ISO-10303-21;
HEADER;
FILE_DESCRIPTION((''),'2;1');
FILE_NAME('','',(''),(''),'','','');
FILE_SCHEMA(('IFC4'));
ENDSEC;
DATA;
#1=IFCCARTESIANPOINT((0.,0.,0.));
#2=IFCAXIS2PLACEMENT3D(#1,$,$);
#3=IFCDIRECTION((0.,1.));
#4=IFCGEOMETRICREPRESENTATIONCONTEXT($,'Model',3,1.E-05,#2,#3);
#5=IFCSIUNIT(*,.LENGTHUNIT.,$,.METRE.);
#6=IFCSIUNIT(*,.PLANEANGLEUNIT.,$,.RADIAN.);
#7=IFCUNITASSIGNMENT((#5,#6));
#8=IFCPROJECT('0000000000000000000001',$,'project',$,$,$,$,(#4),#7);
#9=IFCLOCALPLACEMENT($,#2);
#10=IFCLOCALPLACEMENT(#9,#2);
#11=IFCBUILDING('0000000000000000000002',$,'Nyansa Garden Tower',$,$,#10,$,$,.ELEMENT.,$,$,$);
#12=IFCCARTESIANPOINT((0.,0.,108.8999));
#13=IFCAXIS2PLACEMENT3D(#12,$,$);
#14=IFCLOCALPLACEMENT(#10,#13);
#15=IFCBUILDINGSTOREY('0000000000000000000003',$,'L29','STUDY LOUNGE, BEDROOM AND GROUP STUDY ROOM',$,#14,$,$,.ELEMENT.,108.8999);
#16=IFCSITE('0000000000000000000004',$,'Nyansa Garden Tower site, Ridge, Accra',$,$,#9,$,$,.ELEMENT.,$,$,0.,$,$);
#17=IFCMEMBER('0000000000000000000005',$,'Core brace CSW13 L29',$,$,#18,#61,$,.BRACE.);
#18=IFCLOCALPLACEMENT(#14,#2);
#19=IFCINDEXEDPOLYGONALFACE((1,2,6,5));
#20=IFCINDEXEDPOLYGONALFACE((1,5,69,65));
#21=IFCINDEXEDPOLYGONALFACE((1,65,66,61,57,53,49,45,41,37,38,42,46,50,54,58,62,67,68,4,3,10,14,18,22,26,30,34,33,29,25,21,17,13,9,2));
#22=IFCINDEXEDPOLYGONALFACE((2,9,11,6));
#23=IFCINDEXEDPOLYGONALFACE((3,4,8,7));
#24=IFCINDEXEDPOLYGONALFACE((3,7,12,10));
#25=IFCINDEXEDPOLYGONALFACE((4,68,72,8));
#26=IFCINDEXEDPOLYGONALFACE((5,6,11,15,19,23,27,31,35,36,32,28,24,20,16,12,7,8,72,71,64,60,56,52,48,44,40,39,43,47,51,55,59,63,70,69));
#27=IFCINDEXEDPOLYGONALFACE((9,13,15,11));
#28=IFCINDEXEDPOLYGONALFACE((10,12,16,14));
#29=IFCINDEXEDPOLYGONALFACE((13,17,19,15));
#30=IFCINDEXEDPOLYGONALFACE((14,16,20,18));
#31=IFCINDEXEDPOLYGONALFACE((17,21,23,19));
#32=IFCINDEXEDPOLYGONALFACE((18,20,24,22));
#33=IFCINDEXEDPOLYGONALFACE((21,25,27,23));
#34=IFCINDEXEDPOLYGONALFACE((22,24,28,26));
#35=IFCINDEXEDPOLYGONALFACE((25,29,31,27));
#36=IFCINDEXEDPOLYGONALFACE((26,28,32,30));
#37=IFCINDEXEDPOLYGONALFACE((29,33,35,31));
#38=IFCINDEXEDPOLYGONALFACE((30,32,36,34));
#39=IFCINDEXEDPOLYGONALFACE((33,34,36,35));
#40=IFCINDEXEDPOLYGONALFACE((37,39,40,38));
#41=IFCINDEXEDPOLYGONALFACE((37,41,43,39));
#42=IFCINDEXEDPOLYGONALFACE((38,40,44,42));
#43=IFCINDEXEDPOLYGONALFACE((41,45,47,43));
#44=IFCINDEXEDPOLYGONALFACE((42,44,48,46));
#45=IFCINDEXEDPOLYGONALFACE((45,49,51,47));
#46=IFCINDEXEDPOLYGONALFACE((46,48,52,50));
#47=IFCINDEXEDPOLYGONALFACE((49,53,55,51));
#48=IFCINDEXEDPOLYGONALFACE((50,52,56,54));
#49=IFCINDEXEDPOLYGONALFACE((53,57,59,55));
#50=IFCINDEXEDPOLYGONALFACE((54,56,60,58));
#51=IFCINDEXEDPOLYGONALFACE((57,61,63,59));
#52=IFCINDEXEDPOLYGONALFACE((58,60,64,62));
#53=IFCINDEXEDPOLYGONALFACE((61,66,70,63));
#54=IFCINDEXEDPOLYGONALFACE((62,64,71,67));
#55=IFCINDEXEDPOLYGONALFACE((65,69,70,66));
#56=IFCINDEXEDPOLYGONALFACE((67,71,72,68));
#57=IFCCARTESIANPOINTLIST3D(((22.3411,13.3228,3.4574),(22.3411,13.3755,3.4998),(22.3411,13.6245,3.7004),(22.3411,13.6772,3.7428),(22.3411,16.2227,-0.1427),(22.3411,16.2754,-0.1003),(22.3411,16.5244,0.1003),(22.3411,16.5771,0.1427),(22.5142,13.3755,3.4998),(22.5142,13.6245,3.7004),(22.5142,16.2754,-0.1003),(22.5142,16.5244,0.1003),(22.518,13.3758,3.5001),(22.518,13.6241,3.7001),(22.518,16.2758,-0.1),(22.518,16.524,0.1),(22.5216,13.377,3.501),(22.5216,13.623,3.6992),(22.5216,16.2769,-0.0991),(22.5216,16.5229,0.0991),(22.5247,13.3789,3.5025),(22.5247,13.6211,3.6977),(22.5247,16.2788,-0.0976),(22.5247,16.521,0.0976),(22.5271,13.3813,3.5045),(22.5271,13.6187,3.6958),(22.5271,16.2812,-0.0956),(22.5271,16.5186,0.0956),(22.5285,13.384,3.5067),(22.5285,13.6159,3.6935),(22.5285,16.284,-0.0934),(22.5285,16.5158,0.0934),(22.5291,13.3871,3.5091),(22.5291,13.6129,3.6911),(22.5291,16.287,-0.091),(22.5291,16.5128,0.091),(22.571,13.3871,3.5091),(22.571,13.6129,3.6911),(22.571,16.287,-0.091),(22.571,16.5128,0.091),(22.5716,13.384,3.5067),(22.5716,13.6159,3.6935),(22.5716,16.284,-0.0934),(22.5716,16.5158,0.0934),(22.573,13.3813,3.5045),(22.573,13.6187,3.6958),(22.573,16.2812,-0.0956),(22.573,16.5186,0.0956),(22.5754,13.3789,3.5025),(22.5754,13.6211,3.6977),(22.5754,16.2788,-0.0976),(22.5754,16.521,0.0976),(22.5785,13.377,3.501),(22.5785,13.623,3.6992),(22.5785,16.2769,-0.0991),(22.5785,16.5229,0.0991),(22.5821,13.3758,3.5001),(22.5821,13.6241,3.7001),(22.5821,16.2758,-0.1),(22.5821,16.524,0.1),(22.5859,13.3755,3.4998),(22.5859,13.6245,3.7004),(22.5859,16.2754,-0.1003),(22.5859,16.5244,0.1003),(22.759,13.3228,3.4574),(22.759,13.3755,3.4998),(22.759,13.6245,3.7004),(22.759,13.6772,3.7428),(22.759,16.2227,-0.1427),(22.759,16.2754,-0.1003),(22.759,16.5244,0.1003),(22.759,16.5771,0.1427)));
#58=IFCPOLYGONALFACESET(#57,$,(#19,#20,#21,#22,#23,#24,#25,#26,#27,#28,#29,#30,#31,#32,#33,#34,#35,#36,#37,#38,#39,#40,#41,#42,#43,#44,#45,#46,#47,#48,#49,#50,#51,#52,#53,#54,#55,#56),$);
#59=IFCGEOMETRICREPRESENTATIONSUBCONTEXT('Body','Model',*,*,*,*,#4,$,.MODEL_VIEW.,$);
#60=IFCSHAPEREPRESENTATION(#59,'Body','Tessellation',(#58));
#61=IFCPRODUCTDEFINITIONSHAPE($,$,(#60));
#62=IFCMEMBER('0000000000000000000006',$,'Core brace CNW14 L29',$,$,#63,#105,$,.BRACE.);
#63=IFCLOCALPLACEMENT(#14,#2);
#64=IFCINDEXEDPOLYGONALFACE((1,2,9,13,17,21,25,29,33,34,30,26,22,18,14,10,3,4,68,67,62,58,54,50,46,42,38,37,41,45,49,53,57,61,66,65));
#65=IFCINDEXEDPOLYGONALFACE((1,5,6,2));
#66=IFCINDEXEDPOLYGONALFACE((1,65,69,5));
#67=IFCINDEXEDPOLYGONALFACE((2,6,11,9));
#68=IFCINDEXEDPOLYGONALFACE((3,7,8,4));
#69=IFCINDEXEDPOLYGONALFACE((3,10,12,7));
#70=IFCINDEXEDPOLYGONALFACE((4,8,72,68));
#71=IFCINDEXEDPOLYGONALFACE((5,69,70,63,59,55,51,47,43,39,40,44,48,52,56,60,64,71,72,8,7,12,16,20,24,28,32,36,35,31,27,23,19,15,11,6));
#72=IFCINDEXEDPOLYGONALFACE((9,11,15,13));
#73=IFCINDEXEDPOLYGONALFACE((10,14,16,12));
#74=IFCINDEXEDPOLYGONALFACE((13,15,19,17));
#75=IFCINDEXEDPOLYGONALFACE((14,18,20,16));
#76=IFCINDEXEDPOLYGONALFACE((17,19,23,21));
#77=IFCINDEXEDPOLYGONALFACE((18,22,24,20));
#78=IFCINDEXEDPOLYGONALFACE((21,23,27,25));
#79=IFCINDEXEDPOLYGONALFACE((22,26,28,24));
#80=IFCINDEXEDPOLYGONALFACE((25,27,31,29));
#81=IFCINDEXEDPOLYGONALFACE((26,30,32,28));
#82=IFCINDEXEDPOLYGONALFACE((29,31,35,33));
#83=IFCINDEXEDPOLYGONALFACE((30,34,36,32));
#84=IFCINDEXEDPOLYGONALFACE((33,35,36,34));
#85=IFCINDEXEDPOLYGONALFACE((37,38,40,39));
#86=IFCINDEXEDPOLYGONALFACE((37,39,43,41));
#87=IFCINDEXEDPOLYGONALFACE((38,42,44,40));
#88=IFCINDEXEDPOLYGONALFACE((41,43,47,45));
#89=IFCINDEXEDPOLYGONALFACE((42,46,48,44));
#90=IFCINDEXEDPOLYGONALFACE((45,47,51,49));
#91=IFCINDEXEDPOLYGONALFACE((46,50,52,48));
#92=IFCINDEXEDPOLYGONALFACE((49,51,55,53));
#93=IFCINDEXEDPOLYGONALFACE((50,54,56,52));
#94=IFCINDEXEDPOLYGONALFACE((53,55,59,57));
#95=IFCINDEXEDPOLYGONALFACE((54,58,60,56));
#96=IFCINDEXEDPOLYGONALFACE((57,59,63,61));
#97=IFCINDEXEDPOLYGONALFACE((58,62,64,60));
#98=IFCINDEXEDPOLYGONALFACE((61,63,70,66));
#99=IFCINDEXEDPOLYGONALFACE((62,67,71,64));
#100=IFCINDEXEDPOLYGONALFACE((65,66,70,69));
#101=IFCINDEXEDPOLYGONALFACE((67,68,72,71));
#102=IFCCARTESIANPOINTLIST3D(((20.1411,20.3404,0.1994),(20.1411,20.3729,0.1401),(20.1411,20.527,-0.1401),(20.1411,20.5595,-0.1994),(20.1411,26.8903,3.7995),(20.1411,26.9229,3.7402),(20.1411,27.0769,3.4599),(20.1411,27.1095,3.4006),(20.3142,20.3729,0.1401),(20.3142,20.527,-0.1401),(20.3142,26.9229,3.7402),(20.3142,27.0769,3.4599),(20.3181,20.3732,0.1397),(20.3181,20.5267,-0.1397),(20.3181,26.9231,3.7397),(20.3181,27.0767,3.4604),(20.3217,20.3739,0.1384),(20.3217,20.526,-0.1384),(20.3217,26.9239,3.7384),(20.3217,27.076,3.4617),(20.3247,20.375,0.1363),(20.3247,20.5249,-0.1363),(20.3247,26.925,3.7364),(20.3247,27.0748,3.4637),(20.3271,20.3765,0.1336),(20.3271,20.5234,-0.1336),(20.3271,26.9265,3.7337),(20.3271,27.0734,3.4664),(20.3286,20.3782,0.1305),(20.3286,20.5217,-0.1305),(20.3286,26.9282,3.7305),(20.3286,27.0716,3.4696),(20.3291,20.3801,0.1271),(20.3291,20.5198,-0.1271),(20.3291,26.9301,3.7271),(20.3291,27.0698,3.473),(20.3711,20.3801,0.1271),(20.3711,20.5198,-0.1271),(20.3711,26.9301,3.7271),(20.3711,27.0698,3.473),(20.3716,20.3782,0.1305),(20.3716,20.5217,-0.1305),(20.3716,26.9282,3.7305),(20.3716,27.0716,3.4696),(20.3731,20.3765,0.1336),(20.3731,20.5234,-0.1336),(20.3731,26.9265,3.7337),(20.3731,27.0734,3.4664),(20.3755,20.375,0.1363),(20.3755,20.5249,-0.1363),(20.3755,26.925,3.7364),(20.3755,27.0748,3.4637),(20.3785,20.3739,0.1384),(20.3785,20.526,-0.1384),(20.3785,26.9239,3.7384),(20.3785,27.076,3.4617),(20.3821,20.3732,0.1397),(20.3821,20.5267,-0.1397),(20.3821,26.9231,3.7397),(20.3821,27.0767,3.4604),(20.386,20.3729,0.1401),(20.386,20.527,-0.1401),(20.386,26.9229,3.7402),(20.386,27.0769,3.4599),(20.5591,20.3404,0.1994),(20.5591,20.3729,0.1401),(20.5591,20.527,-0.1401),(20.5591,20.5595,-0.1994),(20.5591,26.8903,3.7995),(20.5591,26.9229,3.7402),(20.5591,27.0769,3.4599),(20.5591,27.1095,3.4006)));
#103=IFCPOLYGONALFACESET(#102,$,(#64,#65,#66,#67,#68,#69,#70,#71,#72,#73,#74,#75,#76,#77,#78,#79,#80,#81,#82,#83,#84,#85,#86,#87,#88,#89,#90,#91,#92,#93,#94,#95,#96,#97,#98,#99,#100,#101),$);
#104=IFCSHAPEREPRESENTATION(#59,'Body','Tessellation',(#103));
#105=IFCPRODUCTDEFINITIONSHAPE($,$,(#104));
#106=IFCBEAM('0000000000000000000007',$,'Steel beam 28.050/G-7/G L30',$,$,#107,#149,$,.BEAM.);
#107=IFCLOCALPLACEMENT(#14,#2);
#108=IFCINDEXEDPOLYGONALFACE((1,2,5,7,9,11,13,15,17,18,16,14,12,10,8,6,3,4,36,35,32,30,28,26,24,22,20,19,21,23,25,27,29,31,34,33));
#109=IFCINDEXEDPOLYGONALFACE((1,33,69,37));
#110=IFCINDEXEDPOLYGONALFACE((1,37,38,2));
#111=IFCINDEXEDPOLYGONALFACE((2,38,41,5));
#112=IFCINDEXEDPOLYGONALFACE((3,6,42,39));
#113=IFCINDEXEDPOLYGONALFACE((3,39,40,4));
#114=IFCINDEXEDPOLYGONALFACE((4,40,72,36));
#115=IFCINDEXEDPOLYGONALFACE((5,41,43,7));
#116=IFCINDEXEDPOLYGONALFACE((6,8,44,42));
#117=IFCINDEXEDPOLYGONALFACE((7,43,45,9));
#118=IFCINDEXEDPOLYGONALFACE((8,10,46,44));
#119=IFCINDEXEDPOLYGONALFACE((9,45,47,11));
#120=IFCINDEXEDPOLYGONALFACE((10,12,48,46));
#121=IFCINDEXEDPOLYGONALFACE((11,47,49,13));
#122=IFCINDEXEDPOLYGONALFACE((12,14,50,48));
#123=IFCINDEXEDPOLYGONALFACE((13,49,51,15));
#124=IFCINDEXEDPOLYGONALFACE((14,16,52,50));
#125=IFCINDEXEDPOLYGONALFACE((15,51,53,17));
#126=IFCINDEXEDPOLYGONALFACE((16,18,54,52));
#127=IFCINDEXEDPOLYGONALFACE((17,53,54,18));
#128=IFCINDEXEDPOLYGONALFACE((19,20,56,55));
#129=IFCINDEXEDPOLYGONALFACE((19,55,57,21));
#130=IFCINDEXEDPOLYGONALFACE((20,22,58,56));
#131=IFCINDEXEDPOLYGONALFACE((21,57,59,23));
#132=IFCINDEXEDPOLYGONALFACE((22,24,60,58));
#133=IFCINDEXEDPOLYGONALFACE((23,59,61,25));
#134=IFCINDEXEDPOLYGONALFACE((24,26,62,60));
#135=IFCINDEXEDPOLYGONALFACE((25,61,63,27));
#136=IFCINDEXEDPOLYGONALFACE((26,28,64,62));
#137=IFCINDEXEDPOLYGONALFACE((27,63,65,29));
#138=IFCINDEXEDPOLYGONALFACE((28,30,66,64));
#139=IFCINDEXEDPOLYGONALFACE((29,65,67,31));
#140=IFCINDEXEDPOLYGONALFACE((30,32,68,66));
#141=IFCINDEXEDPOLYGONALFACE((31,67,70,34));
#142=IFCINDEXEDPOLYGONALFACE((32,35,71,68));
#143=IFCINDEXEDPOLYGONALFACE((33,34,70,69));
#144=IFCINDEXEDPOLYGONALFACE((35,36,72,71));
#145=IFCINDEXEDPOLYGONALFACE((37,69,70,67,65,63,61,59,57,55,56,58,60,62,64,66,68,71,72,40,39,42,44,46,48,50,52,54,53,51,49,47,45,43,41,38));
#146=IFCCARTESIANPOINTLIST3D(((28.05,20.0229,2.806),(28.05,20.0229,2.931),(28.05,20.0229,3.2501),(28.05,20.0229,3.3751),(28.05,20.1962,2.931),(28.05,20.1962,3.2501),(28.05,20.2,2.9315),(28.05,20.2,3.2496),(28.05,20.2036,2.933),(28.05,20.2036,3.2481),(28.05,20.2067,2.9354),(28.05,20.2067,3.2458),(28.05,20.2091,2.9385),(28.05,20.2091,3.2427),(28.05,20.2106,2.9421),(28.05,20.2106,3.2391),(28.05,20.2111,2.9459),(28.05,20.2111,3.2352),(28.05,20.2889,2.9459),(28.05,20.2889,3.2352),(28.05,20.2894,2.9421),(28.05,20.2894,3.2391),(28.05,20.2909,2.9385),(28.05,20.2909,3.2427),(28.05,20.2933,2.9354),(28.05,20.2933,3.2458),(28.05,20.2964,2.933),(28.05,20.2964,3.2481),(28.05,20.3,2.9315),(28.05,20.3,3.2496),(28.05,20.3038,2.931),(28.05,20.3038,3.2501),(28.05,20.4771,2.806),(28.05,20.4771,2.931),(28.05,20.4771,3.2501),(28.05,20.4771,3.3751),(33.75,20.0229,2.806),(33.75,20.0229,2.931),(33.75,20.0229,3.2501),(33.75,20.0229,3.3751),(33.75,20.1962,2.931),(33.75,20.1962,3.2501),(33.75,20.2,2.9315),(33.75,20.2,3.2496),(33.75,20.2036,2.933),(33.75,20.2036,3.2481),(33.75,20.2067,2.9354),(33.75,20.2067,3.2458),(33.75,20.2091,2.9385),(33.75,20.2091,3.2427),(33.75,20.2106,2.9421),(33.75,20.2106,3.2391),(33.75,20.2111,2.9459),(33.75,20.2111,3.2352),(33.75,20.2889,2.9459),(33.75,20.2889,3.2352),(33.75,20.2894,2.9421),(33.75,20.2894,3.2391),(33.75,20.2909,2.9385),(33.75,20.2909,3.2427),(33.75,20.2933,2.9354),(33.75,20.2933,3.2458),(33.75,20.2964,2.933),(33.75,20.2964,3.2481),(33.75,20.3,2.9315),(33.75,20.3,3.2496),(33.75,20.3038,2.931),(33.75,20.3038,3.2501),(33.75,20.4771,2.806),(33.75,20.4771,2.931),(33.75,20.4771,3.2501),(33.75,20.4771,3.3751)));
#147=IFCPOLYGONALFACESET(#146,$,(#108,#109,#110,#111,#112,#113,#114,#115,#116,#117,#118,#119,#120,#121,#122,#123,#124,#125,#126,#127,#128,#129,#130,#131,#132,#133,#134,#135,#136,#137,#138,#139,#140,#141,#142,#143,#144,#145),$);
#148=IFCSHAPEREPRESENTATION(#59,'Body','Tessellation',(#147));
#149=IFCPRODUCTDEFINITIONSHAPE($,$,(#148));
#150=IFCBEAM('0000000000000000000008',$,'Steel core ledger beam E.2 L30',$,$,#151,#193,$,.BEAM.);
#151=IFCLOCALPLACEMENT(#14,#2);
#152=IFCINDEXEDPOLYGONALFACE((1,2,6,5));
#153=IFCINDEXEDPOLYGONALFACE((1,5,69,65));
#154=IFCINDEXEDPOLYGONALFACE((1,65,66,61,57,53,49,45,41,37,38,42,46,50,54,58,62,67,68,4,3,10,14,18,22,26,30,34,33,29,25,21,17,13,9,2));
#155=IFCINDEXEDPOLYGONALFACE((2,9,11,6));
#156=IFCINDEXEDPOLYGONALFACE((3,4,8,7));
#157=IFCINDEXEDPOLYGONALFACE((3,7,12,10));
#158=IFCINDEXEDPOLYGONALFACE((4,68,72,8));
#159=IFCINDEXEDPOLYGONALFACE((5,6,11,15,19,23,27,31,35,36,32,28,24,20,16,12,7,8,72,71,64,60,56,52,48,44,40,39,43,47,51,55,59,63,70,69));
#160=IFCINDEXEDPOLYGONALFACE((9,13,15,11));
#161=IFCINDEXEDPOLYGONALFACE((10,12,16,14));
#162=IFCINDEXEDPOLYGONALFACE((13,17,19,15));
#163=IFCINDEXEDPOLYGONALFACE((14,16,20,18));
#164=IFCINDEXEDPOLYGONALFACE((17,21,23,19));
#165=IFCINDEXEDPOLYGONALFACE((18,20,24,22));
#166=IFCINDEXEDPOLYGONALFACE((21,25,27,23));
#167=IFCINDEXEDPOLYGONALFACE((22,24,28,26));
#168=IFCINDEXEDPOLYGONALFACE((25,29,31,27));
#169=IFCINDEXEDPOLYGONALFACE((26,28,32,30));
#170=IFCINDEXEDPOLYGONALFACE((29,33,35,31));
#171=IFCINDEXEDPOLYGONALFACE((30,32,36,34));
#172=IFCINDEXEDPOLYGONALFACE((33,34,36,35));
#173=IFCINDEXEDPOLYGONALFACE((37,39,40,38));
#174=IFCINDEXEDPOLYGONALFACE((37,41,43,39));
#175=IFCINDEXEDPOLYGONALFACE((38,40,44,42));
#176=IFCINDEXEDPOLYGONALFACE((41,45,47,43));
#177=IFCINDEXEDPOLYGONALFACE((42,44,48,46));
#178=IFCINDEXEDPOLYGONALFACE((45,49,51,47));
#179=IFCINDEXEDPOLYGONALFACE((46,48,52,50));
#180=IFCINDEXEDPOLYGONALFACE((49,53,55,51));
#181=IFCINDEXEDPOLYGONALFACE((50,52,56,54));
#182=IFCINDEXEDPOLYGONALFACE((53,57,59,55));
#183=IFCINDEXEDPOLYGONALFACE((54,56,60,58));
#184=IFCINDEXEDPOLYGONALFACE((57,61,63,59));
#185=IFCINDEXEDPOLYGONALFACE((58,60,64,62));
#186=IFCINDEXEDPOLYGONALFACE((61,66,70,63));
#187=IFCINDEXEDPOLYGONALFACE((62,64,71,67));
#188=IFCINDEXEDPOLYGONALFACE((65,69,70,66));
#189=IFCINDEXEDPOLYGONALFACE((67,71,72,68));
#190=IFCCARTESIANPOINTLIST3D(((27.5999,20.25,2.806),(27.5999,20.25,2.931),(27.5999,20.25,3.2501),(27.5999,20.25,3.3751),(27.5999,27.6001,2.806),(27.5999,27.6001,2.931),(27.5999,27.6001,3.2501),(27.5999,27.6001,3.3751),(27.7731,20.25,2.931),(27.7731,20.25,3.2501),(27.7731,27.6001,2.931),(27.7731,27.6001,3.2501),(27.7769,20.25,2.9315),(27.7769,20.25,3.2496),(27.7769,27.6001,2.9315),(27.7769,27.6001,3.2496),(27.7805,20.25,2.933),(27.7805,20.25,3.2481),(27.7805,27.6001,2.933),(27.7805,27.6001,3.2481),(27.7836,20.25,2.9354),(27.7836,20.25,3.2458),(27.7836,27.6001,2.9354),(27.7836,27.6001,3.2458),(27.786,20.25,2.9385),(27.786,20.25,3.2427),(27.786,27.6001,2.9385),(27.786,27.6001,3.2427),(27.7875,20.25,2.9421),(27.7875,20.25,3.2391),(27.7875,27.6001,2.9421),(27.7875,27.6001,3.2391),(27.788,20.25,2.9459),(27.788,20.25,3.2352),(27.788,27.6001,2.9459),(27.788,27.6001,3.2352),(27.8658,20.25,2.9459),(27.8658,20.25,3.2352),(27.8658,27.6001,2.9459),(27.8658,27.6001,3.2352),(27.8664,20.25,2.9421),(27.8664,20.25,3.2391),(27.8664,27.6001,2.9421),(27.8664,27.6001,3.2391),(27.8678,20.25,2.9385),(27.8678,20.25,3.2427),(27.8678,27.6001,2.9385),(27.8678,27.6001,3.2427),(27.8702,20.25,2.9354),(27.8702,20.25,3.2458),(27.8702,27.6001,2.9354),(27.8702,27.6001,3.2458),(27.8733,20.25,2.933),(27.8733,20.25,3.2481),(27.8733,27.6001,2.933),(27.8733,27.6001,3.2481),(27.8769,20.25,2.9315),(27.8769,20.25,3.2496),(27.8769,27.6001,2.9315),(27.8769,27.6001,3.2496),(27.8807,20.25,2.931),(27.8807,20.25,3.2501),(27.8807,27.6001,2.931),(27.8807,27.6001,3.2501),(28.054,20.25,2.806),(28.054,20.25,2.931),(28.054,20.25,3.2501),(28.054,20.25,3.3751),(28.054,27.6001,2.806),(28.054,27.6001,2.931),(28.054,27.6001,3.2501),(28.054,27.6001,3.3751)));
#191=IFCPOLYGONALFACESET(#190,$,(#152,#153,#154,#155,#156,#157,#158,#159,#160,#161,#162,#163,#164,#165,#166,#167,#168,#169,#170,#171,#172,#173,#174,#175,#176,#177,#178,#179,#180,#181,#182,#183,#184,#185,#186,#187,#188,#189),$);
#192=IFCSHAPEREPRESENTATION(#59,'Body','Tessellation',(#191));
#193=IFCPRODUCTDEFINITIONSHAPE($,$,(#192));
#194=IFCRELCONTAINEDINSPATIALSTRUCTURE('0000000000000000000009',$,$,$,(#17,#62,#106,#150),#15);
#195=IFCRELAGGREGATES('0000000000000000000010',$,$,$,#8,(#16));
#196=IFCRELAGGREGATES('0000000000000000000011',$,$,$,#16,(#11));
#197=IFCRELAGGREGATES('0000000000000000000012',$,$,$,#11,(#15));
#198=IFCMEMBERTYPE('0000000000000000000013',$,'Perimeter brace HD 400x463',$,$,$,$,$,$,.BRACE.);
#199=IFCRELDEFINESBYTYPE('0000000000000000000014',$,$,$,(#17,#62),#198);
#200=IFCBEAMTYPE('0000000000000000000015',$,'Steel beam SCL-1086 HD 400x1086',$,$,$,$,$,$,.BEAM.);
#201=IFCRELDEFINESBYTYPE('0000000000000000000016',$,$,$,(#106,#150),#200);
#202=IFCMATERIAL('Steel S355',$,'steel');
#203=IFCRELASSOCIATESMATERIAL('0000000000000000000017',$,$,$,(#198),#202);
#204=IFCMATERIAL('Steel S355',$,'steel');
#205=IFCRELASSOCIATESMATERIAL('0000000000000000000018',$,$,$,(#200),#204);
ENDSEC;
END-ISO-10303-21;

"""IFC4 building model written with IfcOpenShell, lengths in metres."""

from ifc_helpers import new_model, si_unit, direction, frame, origin, origin_2d, place, context, subcontext, project, spatial, i_section, extrude, material, material_profile, profile_set, type_object, element, save


model = new_model("IFC4")

# Units and contexts
model_context = context("Model", 3, precision=1e-05, world=origin(), true_north=direction((0.0, 1.0)))
body_context = subcontext(model_context, "Body", "Model", "MODEL_VIEW")
ifc_project = project(units=[si_unit("LENGTHUNIT", "METRE"), si_unit("PLANEANGLEUNIT", "RADIAN")], contexts=[model_context])

# Site, building, storey
site_placement = place(None, origin())
site = spatial("IfcSite", under=ifc_project, at=site_placement, Name="Nyansa Garden Tower site, Ridge, Accra", CompositionType="ELEMENT", RefElevation=0.0)
building_placement = place(site_placement, origin())
building = spatial("IfcBuilding", under=site, at=building_placement, Name="Nyansa Garden Tower", CompositionType="ELEMENT")
storey_placement = place(building_placement, frame((0.0, 0.0, 108.8999)))
storey = spatial("IfcBuildingStorey", under=building, at=storey_placement, Name="L29", Description="STUDY LOUNGE, BEDROOM AND GROUP STUDY ROOM", CompositionType="ELEMENT", Elevation=108.8999)

# Members
ifc_material_1 = material(Name="Steel S355", Category="steel")
ifc_material_profile_1 = material_profile(ifc_material_1, i_section(OverallWidth=0.418, OverallDepth=0.4551, WebThickness=0.042, FlangeThickness=0.0676, FilletRadius=0.0149, at=origin_2d()), Name="HD 400x463")
ifc_profile_set_1 = profile_set([ifc_material_profile_1], Name="Steel S355")
member_type = type_object("IfcMemberType", Name="Perimeter brace HD 400x463", PredefinedType="BRACE", material=ifc_profile_set_1)
member_1_placement = place(storey_placement, frame((22.55, 16.3999, 0.0), z_axis=(0.0, -0.627306, 0.778773), x_axis=(1.0, 0.0, 0.0)))
element("IfcMember", 1, at=member_1_placement, inside=storey, type_object=member_type, Name="Core brace CSW13 L29", PredefinedType="BRACE", context=body_context, shape_type="SweptSolid", body=[
    extrude(i_section(OverallWidth=0.418, OverallDepth=0.4551, WebThickness=0.042, FlangeThickness=0.0676, FilletRadius=0.0149, at=origin_2d()), origin(), (0.0, 0.0, 1.0), 4.6228),
])
member_2_placement = place(storey_placement, frame((20.3501, 20.45, 0.0), z_axis=(0.0, 0.876353, 0.481669), x_axis=(-1.0, 0.0, 0.0)))
element("IfcMember", 2, at=member_2_placement, inside=storey, type_object=member_type, Name="Core brace CNW14 L29", PredefinedType="BRACE", context=body_context, shape_type="SweptSolid", body=[
    extrude(i_section(OverallWidth=0.418, OverallDepth=0.4551, WebThickness=0.042, FlangeThickness=0.0676, FilletRadius=0.0149, at=origin_2d()), origin(), (0.0, 0.0, 1.0), 7.4741),
])

# Beams
ifc_material_2 = material(Name="Steel S355", Category="steel")
ifc_material_profile_2 = material_profile(ifc_material_2, i_section(OverallWidth=0.4541, OverallDepth=0.5691, WebThickness=0.0779, FlangeThickness=0.125, FilletRadius=0.0149, at=origin_2d()), Name="HD 400x1086")
ifc_profile_set_2 = profile_set([ifc_material_profile_2], Name="Steel S355")
beam_type = type_object("IfcBeamType", Name="Steel beam SCL-1086 HD 400x1086", PredefinedType="BEAM", material=ifc_profile_set_2)
beam_1_placement = place(storey_placement, frame((28.05, 20.25, 3.0906), z_axis=(1.0, 0.0, 0.0), x_axis=(0.0, 1.0, 0.0)))
element("IfcBeam", 3, at=beam_1_placement, inside=storey, type_object=beam_type, Name="Steel beam 28.050/G-7/G L30", PredefinedType="BEAM", context=body_context, shape_type="SweptSolid", body=[
    extrude(i_section(OverallWidth=0.4541, OverallDepth=0.5691, WebThickness=0.0779, FlangeThickness=0.125, FilletRadius=0.0149, at=origin_2d()), origin(), (0.0, 0.0, 1.0), 5.7),
])
beam_2_placement = place(storey_placement, frame((27.8269, 20.25, 3.0906), z_axis=(0.0, 1.0, 0.0), x_axis=(-1.0, 0.0, 0.0)))
element("IfcBeam", 4, at=beam_2_placement, inside=storey, type_object=beam_type, Name="Steel core ledger beam E.2 L30", PredefinedType="BEAM", context=body_context, shape_type="SweptSolid", body=[
    extrude(i_section(OverallWidth=0.4541, OverallDepth=0.5691, WebThickness=0.0779, FlangeThickness=0.125, FilletRadius=0.0149, at=origin_2d()), origin(), (0.0, 0.0, 1.0), 7.3501),
])

save(model, "model.ifc")
